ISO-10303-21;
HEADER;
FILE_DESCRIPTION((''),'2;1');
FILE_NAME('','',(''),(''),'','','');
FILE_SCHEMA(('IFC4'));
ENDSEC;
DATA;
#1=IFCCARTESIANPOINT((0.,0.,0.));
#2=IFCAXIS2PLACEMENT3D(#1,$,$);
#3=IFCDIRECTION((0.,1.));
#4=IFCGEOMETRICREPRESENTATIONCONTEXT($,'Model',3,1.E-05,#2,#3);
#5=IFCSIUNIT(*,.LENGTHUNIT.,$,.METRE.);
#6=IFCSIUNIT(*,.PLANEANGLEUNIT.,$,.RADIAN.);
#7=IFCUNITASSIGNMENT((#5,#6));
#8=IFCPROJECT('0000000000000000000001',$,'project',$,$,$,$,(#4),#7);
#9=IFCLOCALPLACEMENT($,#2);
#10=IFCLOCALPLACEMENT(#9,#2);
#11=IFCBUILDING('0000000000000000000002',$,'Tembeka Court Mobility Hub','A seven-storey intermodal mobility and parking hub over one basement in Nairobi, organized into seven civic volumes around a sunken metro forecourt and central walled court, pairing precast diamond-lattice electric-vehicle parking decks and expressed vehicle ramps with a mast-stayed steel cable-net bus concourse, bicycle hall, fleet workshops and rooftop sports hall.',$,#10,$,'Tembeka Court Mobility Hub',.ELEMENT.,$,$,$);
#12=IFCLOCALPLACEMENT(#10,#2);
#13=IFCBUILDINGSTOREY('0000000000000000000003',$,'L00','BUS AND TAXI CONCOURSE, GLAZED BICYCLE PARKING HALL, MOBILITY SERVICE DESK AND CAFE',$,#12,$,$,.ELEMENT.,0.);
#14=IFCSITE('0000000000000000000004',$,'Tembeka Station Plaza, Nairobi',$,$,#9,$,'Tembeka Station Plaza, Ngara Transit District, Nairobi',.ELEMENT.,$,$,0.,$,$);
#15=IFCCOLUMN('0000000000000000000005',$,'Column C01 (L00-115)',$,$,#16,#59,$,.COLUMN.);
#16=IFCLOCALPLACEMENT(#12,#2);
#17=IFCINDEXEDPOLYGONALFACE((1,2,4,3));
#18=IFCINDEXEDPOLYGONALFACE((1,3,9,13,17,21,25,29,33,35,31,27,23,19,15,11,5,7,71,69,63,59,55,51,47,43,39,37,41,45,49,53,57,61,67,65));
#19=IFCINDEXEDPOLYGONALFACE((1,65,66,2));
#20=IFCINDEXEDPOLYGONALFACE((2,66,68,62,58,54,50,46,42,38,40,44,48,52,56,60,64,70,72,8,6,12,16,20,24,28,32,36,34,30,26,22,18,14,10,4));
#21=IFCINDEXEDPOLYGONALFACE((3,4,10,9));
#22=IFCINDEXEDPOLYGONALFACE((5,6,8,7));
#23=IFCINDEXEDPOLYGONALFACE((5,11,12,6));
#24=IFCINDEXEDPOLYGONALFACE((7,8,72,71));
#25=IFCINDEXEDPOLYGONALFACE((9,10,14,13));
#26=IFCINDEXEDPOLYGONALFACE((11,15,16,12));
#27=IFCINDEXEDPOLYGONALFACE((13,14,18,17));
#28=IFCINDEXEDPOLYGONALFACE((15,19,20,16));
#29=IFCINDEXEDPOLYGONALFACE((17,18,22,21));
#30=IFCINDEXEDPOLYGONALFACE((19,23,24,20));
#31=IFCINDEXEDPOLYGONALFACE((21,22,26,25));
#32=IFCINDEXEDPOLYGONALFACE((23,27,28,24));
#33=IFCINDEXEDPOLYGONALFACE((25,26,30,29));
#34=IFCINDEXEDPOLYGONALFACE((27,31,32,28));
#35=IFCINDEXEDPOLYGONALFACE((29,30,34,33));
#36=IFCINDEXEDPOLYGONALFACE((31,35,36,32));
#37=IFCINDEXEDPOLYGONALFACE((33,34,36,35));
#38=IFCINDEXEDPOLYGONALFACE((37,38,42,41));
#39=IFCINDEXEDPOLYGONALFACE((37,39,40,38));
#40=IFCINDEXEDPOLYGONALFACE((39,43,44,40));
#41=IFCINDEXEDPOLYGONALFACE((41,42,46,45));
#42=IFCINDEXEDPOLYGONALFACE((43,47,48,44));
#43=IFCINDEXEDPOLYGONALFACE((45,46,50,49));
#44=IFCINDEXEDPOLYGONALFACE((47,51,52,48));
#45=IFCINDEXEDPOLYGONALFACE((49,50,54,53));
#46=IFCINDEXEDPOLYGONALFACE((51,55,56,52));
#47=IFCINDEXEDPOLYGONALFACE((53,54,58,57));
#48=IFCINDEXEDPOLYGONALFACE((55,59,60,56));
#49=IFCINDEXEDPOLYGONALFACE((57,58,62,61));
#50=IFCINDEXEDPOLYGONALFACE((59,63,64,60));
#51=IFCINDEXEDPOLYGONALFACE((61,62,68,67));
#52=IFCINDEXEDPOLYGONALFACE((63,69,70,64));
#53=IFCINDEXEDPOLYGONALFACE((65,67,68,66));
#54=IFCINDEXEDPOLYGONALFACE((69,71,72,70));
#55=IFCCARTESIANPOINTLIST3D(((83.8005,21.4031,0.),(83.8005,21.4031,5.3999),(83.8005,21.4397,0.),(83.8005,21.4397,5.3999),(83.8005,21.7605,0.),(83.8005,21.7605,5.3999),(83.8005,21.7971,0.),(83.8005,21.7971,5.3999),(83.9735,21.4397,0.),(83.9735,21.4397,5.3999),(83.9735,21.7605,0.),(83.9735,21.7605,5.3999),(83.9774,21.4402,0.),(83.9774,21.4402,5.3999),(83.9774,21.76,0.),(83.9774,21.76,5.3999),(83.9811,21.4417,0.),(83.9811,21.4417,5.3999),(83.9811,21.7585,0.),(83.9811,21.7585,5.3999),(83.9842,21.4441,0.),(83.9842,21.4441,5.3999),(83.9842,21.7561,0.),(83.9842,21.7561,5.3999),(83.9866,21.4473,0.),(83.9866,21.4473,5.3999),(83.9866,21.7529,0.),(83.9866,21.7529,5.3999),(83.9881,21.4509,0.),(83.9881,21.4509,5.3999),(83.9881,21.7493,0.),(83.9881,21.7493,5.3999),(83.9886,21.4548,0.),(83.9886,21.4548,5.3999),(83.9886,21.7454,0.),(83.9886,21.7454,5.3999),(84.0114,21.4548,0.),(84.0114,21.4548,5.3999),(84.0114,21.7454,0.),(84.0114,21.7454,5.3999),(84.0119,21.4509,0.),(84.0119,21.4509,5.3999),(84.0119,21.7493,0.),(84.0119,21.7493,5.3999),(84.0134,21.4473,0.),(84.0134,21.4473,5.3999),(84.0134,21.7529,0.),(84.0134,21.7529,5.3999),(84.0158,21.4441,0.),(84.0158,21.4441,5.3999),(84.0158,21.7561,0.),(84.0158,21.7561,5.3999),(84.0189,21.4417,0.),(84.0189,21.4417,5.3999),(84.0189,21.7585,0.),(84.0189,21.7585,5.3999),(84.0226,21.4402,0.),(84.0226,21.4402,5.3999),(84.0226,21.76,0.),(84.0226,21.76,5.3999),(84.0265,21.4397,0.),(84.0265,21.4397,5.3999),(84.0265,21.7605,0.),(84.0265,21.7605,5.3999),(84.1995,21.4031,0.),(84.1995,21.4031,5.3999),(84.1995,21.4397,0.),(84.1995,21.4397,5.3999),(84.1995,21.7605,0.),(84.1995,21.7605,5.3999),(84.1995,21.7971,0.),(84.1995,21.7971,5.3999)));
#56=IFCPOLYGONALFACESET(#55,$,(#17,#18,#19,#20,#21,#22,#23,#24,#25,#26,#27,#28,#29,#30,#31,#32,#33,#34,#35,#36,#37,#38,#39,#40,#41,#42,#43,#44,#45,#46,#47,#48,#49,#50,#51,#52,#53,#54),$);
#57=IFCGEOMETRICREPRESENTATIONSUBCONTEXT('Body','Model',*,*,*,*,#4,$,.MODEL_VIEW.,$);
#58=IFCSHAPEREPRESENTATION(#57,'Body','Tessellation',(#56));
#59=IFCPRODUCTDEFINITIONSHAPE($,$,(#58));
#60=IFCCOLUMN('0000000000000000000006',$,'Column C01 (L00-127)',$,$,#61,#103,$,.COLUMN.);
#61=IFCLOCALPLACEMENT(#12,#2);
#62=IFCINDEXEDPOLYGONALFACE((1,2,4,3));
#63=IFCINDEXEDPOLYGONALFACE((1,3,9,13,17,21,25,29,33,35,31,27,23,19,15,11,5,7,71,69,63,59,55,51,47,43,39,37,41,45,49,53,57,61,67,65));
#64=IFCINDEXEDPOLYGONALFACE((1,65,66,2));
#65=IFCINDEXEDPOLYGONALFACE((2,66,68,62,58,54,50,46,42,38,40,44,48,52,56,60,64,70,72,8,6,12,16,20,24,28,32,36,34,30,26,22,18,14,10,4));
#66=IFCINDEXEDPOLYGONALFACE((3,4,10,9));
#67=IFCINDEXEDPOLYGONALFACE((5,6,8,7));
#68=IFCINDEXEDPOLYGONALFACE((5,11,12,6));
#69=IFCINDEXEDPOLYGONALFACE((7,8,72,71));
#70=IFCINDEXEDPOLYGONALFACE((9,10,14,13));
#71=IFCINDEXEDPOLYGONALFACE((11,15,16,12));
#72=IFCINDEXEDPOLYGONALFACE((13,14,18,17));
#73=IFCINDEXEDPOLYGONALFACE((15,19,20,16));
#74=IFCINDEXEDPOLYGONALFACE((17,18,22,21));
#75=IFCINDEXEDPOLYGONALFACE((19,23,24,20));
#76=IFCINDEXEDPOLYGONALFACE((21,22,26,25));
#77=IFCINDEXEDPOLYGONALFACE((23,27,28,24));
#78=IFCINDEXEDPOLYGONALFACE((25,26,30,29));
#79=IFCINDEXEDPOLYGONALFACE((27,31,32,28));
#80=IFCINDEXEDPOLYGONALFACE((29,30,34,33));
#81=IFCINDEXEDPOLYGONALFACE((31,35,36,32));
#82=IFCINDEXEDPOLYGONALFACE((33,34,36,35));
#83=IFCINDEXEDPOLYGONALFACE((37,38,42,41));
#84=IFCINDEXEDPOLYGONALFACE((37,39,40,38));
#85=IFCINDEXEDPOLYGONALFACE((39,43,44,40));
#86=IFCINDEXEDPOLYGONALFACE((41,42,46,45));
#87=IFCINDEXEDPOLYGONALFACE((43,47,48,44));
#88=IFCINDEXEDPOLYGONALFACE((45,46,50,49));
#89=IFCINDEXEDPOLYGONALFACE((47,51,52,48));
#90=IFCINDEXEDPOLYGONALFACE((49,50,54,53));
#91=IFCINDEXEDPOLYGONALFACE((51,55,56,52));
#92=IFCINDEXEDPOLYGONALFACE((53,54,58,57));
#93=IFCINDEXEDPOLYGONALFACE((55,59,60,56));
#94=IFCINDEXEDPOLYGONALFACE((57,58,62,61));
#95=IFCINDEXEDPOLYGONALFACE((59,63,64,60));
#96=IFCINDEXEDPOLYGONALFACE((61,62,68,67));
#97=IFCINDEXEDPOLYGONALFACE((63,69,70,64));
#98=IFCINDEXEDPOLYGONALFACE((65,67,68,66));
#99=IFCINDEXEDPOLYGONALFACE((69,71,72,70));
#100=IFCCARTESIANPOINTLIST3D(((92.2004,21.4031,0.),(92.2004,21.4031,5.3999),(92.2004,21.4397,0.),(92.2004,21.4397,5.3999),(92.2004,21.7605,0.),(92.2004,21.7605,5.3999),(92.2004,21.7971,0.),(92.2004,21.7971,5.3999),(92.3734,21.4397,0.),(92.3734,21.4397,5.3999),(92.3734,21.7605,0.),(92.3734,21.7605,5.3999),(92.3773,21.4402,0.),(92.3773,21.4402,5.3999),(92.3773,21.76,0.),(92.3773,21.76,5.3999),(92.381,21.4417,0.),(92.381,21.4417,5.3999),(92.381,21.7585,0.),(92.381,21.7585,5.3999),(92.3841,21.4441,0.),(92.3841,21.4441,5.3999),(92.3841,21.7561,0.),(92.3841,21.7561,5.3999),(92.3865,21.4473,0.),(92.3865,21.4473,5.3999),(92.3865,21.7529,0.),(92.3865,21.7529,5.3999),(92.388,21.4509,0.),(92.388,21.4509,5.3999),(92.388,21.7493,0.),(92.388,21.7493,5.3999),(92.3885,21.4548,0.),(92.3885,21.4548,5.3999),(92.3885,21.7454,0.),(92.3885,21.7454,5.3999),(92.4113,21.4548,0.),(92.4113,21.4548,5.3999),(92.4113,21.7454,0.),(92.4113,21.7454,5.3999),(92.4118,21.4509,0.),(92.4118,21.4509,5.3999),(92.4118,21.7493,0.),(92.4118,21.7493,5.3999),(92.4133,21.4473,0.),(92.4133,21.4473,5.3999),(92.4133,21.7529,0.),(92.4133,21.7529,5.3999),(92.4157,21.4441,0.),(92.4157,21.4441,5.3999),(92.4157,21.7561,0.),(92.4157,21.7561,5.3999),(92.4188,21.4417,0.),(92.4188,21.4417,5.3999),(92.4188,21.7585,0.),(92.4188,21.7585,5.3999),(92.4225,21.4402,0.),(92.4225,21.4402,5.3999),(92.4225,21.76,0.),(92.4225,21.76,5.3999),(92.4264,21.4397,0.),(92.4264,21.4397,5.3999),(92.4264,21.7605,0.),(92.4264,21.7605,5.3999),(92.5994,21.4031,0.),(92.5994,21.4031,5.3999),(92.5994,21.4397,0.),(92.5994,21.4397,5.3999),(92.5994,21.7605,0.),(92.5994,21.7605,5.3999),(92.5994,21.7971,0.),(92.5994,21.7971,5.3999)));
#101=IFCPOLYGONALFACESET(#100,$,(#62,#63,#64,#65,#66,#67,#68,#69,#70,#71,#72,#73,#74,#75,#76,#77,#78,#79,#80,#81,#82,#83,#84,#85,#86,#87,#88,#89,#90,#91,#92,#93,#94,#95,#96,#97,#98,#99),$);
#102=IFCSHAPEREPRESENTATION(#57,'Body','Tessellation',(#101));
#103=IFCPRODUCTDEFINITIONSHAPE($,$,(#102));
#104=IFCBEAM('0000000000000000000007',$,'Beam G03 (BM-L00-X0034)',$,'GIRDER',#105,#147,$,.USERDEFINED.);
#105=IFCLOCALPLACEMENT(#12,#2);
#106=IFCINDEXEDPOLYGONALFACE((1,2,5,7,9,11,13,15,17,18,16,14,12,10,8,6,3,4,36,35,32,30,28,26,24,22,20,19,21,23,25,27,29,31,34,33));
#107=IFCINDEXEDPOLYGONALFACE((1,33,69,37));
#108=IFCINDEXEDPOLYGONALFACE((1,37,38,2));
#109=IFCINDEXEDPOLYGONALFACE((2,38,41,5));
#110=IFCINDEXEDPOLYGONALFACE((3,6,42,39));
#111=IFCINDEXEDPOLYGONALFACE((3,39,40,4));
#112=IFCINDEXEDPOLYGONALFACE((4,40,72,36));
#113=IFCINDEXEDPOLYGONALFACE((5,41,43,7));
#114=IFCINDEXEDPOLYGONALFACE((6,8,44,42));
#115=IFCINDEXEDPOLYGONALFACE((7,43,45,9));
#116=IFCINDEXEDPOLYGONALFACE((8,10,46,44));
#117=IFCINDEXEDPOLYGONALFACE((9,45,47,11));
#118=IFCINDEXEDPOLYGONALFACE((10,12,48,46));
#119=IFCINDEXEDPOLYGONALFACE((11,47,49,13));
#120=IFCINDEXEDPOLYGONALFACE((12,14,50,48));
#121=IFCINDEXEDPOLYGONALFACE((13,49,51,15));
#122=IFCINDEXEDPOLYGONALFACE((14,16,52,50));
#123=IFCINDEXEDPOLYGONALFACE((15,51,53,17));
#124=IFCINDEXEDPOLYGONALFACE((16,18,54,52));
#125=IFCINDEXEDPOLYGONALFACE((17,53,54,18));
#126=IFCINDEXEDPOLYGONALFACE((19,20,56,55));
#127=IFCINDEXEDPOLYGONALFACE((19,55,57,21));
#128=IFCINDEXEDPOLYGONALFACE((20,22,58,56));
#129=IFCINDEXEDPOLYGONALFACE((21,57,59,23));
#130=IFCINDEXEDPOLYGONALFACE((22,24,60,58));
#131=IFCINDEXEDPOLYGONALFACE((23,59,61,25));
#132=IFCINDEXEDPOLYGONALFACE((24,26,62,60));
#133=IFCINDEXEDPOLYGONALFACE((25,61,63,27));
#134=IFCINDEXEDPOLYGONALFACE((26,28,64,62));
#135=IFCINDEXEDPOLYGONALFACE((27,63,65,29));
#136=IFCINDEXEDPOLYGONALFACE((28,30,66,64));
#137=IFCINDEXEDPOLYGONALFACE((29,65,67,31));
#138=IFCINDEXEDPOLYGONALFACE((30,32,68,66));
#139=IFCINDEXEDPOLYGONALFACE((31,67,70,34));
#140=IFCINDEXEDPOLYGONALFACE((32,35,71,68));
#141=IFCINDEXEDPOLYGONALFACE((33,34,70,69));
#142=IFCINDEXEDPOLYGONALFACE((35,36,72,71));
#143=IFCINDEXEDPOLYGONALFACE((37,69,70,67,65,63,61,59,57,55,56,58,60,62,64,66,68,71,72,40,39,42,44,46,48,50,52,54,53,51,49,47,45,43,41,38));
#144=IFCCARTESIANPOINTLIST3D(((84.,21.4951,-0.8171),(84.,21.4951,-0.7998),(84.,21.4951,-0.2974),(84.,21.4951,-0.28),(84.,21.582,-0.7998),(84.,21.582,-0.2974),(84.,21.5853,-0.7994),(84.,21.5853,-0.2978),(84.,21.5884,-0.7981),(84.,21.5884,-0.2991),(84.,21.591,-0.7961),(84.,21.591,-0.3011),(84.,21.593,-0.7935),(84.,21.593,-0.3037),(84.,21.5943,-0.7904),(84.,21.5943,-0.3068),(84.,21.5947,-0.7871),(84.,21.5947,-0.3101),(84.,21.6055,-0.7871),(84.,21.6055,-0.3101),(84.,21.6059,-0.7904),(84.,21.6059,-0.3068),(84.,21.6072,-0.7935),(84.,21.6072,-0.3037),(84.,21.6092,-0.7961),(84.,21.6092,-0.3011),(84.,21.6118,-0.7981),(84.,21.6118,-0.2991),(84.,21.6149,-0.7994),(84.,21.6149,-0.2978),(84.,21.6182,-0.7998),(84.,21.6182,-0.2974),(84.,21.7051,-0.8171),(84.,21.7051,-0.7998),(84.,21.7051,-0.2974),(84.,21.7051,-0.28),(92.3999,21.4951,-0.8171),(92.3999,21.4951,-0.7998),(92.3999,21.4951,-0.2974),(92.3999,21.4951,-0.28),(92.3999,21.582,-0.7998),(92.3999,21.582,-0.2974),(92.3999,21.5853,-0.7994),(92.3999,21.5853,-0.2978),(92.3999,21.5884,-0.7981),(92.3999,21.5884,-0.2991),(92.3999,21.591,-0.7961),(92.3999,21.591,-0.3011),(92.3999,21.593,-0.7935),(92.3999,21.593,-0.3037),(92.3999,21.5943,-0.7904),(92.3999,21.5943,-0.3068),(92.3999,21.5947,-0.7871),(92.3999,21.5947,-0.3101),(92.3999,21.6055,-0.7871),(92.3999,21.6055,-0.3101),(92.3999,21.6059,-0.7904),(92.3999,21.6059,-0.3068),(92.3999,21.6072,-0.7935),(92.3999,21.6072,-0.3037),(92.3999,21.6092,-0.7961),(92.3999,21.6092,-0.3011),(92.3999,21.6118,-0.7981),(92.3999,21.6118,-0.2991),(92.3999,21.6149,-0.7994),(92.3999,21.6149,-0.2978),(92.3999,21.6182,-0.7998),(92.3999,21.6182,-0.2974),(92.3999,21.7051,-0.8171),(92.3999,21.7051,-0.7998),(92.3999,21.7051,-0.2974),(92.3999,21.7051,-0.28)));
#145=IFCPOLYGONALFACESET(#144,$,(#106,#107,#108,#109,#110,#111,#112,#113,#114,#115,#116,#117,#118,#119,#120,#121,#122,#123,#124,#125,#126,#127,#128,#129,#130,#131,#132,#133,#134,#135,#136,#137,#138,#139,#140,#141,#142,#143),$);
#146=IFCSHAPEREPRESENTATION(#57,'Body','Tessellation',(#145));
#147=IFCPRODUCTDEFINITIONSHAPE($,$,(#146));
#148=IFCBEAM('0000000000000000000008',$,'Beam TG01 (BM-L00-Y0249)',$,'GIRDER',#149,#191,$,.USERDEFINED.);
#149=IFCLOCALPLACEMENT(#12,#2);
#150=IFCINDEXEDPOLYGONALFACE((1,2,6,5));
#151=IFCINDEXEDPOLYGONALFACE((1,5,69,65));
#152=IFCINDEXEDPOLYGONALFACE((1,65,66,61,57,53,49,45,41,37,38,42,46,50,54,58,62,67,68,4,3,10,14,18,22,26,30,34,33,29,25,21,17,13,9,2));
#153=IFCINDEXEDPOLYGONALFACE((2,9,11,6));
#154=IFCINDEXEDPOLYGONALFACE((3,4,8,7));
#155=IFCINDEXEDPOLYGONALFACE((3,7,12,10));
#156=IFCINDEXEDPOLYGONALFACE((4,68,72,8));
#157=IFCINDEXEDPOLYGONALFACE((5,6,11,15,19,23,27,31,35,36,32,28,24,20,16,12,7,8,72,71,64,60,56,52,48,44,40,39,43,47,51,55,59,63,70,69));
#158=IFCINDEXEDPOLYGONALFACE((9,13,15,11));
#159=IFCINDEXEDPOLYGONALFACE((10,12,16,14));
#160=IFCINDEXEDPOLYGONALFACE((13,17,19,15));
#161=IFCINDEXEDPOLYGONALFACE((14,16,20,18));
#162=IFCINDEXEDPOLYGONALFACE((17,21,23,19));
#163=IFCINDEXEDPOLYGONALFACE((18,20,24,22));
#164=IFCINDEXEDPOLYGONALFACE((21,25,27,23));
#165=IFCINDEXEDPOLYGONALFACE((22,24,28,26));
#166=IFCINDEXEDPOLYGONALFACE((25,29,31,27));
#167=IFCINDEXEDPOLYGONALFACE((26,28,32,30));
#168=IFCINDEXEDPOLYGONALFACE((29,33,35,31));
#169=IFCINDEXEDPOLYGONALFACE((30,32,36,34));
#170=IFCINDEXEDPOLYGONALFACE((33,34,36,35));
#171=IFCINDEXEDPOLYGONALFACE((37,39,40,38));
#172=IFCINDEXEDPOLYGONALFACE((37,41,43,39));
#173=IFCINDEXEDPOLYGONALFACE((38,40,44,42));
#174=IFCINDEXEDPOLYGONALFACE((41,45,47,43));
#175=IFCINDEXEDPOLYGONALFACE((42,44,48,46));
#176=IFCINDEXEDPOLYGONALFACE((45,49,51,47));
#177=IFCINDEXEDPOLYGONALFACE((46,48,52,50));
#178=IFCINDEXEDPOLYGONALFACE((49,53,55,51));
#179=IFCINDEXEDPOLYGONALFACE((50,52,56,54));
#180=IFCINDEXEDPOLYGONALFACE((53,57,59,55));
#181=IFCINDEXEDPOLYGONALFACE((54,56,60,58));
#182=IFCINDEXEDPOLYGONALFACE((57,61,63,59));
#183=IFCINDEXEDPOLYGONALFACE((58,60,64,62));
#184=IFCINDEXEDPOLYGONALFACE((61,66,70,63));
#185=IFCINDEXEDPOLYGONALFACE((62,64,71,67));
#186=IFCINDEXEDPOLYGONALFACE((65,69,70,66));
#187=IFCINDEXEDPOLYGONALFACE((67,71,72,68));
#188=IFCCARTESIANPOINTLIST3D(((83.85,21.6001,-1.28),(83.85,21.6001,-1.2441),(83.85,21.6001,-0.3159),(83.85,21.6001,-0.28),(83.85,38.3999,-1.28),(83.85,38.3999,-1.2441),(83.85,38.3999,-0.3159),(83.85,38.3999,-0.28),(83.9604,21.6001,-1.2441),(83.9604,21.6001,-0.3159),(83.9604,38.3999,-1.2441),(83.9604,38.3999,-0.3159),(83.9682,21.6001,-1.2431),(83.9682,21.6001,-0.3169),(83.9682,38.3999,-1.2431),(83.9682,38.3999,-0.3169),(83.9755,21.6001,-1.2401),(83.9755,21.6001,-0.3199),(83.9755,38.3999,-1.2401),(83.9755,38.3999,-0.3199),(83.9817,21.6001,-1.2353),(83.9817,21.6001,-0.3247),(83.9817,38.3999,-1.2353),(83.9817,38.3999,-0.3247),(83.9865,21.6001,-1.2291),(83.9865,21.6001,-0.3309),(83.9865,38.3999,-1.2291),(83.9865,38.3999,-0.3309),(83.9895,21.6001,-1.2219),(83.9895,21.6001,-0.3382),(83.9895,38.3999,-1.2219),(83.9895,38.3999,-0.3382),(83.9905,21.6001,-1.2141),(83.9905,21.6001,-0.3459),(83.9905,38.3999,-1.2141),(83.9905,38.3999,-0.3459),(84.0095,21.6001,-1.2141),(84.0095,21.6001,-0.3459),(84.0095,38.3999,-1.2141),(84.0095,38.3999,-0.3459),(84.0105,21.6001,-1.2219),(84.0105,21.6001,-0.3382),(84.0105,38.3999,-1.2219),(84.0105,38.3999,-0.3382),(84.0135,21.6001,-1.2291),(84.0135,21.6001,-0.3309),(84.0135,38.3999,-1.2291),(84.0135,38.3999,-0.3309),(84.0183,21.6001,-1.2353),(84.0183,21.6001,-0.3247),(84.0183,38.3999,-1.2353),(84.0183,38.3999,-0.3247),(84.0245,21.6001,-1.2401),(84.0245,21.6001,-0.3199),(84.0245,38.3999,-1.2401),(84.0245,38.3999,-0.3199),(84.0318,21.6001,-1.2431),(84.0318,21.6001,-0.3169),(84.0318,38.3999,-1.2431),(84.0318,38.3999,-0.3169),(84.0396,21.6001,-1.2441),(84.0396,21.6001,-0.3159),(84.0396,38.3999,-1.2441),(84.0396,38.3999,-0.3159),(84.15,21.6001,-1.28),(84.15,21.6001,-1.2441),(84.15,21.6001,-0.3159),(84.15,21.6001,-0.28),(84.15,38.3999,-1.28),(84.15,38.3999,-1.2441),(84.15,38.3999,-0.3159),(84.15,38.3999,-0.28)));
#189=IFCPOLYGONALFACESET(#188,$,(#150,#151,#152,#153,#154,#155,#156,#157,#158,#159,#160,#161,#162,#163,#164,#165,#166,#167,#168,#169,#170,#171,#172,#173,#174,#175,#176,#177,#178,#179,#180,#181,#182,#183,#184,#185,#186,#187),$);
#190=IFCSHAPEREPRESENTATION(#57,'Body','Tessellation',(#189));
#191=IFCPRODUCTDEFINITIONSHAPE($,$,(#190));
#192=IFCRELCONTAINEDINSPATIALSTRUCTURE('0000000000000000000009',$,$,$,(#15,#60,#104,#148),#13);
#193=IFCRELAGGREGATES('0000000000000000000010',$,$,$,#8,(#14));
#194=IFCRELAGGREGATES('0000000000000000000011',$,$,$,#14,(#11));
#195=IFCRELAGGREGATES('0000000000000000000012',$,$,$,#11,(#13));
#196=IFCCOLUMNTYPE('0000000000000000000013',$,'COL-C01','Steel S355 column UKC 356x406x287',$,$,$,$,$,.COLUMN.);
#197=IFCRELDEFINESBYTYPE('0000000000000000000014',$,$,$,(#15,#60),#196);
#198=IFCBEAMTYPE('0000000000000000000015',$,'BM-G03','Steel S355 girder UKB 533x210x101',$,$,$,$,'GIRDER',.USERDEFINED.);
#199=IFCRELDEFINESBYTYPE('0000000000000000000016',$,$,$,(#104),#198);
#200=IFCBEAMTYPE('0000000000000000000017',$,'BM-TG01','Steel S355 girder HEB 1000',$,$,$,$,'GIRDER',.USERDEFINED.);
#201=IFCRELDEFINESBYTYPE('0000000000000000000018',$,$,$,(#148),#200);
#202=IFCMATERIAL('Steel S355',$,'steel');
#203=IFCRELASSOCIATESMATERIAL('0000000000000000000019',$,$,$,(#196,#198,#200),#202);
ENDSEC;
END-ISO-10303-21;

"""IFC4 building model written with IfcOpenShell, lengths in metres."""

from ifc_helpers import new_model, si_unit, direction, frame, origin, origin_2d, place, context, subcontext, project, spatial, i_section, extrude, material, material_profile, profile_set, type_object, element, save


model = new_model("IFC4")

# Units and contexts
model_context = context("Model", 3, precision=1e-05, world=origin(), true_north=direction((0.0, 1.0)))
body_context = subcontext(model_context, "Body", "Model", "MODEL_VIEW")
ifc_project = project(units=[si_unit("LENGTHUNIT", "METRE"), si_unit("PLANEANGLEUNIT", "RADIAN")], contexts=[model_context])

# Site, building, storey
site_placement = place(None, origin())
site = spatial("IfcSite", under=ifc_project, at=site_placement, Name="Tembeka Station Plaza, Nairobi", LongName="Tembeka Station Plaza, Ngara Transit District, Nairobi", CompositionType="ELEMENT", RefElevation=0.0)
building_placement = place(site_placement, origin())
building = spatial("IfcBuilding", under=site, at=building_placement, Name="Tembeka Court Mobility Hub", Description="A seven-storey intermodal mobility and parking hub over one basement in Nairobi, organized into seven civic volumes around a sunken metro forecourt and central walled court, pairing precast diamond-lattice electric-vehicle parking decks and expressed vehicle ramps with a mast-stayed steel cable-net bus concourse, bicycle hall, fleet workshops and rooftop sports hall.", LongName="Tembeka Court Mobility Hub", CompositionType="ELEMENT")
storey_placement = place(building_placement, origin())
storey = spatial("IfcBuildingStorey", under=building, at=storey_placement, Name="L00", Description="BUS AND TAXI CONCOURSE, GLAZED BICYCLE PARKING HALL, MOBILITY SERVICE DESK AND CAFE", CompositionType="ELEMENT", Elevation=0.0)

# Columns
ifc_material_1 = material(Name="Steel S355", Category="steel")
ifc_material_profile_1 = material_profile(ifc_material_1, i_section(OverallWidth=0.3989, OverallDepth=0.394, WebThickness=0.0227, FlangeThickness=0.0366, FilletRadius=0.0151, at=origin_2d()), Name="UKC 356x406x287")
ifc_profile_set_1 = profile_set([ifc_material_profile_1], Name="Steel S355")
column_type = type_object("IfcColumnType", Name="COL-C01", Description="Steel S355 column UKC 356x406x287", PredefinedType="COLUMN", material=ifc_profile_set_1)
for number, where, z_axis, x_axis, name in (
    (1, (84.0, 21.6001, 0.0), (0.0, 0.0, 1.0), (1.0, 0.0, 0.0), "Column C01 (L00-115)"),
    (2, (92.3999, 21.6001, 0.0), (0.0, 0.0, 1.0), (1.0, 0.0, 0.0), "Column C01 (L00-127)"),
):
    element("IfcColumn", number, at=place(storey_placement, frame(where, z_axis=z_axis, x_axis=x_axis)), inside=storey, type_object=column_type, Name=name, PredefinedType="COLUMN", context=body_context, shape_type="SweptSolid", body=[
        extrude(i_section(OverallWidth=0.3989, OverallDepth=0.394, WebThickness=0.0227, FlangeThickness=0.0366, FilletRadius=0.0151, at=origin_2d()), origin(), (0.0, 0.0, 1.0), 5.3999),
    ])

# Beams
ifc_material_profile_2 = material_profile(ifc_material_1, i_section(OverallWidth=0.21, OverallDepth=0.5371, WebThickness=0.0107, FlangeThickness=0.0173, FilletRadius=0.0127, at=origin_2d()), Name="UKB 533x210x101")
ifc_profile_set_2 = profile_set([ifc_material_profile_2], Name="Steel S355")
beam_type_1 = type_object("IfcBeamType", Name="BM-G03", Description="Steel S355 girder UKB 533x210x101", ElementType="GIRDER", PredefinedType="USERDEFINED", material=ifc_profile_set_2)
beam_1_placement = place(storey_placement, frame((84.0, 21.6001, -0.5486), z_axis=(1.0, 0.0, 0.0), x_axis=(0.0, 1.0, 0.0)))
element("IfcBeam", 3, at=beam_1_placement, inside=storey, type_object=beam_type_1, Name="Beam G03 (BM-L00-X0034)", ObjectType="GIRDER", PredefinedType="USERDEFINED", context=body_context, shape_type="SweptSolid", body=[
    extrude(i_section(OverallWidth=0.21, OverallDepth=0.5371, WebThickness=0.0107, FlangeThickness=0.0173, FilletRadius=0.0127, at=origin_2d()), origin(), (0.0, 0.0, 1.0), 8.3999),
])
ifc_material_profile_3 = material_profile(ifc_material_1, i_section(OverallWidth=0.3, OverallDepth=1.0, WebThickness=0.019, FlangeThickness=0.0359, FilletRadius=0.03, at=origin_2d()), Name="HEB 1000")
ifc_profile_set_3 = profile_set([ifc_material_profile_3], Name="Steel S355")
beam_type_2 = type_object("IfcBeamType", Name="BM-TG01", Description="Steel S355 girder HEB 1000", ElementType="GIRDER", PredefinedType="USERDEFINED", material=ifc_profile_set_3)
beam_2_placement = place(storey_placement, frame((84.0, 21.6001, -0.78), z_axis=(0.0, 1.0, 0.0), x_axis=(-1.0, 0.0, 0.0)))
element("IfcBeam", 4, at=beam_2_placement, inside=storey, type_object=beam_type_2, Name="Beam TG01 (BM-L00-Y0249)", ObjectType="GIRDER", PredefinedType="USERDEFINED", context=body_context, shape_type="SweptSolid", body=[
    extrude(i_section(OverallWidth=0.3, OverallDepth=1.0, WebThickness=0.019, FlangeThickness=0.0359, FilletRadius=0.03, at=origin_2d()), origin(), (0.0, 0.0, 1.0), 16.7998),
])

save(model, "model.ifc")
